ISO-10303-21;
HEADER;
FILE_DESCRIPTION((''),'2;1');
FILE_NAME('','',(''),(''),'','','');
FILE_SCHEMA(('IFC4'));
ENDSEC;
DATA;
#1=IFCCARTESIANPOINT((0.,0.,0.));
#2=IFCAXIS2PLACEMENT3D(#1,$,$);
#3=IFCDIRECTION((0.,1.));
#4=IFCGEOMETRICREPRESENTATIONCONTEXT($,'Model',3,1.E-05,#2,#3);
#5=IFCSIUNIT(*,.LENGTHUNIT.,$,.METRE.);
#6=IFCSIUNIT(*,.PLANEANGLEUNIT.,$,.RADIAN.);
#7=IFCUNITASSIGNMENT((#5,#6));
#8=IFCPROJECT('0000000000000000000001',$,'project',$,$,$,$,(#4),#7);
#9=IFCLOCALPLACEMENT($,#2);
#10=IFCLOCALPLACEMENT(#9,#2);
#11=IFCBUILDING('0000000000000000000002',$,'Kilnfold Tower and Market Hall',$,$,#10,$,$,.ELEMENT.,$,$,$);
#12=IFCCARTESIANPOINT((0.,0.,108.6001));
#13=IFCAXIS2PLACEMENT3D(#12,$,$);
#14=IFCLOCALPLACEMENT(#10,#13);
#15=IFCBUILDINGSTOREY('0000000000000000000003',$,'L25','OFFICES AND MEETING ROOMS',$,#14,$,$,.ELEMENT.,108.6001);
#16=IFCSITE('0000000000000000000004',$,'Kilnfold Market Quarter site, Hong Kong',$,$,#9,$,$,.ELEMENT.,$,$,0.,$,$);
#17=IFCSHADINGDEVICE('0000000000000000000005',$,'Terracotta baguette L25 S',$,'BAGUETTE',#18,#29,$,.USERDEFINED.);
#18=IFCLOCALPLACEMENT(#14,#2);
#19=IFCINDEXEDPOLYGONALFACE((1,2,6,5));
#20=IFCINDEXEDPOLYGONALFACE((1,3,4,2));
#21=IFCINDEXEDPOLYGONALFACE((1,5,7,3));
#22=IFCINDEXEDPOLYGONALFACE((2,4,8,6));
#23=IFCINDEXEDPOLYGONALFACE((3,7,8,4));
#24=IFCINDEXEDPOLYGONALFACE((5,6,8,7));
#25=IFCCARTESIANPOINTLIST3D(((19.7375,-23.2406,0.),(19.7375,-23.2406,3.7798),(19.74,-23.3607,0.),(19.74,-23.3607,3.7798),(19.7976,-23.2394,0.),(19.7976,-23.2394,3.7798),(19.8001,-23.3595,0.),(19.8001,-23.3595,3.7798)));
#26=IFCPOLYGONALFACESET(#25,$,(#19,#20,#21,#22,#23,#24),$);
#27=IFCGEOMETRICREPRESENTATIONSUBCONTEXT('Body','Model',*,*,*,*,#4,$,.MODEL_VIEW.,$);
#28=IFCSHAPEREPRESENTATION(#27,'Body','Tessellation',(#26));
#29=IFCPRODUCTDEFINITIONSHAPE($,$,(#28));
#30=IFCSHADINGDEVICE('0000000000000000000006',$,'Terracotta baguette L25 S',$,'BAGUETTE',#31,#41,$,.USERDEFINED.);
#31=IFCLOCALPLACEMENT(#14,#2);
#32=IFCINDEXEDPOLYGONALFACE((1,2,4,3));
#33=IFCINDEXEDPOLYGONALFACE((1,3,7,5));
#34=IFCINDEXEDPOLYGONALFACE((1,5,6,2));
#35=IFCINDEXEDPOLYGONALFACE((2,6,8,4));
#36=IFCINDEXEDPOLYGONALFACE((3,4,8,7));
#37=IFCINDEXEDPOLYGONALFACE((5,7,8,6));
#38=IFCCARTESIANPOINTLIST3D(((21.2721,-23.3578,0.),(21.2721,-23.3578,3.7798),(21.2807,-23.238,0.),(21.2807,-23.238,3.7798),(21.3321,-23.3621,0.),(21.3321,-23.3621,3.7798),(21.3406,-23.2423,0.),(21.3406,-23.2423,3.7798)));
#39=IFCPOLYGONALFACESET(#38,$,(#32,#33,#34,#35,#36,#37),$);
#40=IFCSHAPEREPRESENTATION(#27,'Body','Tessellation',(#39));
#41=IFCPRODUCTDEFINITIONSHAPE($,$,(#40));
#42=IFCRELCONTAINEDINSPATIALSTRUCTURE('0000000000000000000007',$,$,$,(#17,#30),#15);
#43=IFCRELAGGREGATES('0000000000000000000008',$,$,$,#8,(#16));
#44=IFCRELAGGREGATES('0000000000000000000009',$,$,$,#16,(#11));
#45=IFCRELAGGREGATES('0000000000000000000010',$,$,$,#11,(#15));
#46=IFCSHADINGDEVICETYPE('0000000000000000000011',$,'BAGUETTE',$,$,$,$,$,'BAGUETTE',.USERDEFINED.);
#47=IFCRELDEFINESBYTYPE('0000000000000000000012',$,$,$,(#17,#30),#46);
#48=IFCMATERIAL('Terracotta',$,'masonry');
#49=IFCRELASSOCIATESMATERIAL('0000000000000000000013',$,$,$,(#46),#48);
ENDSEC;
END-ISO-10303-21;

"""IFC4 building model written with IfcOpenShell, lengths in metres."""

from ifc_helpers import new_model, si_unit, direction, frame, origin, origin_2d, place, context, subcontext, project, spatial, rectangle, extrude, source, transform, mapped, material, material_profile, profile_set, type_object, element, save


model = new_model("IFC4")

# Units and contexts
model_context = context("Model", 3, precision=1e-05, world=origin(), true_north=direction((0.0, 1.0)))
body_context = subcontext(model_context, "Body", "Model", "MODEL_VIEW")
ifc_project = project(units=[si_unit("LENGTHUNIT", "METRE"), si_unit("PLANEANGLEUNIT", "RADIAN")], contexts=[model_context])

# Site, building, storey
site_placement = place(None, origin())
site = spatial("IfcSite", under=ifc_project, at=site_placement, Name="Kilnfold Market Quarter site, Hong Kong", CompositionType="ELEMENT", RefElevation=0.0)
building_placement = place(site_placement, origin())
building = spatial("IfcBuilding", under=site, at=building_placement, Name="Kilnfold Tower and Market Hall", CompositionType="ELEMENT")
storey_placement = place(building_placement, frame((0.0, 0.0, 108.6001)))
storey = spatial("IfcBuildingStorey", under=building, at=storey_placement, Name="L25", Description="OFFICES AND MEETING ROOMS", CompositionType="ELEMENT", Elevation=108.6001)

# Shading devices
ifc_material_1 = material(Name="Terracotta", Category="masonry")
ifc_material_profile_1 = material_profile(ifc_material_1, rectangle(XDim=0.0601, YDim=0.1201, at=origin_2d()), Name="BAG 60x120")
ifc_profile_set_1 = profile_set([ifc_material_profile_1], Name="Terracotta")
shading_device_type = type_object("IfcShadingDeviceType", Name="BAGUETTE", ElementType="BAGUETTE", PredefinedType="USERDEFINED", material=ifc_profile_set_1)
shared_shape_1 = source(origin(), body_context, "Body", "SweptSolid", [
    extrude(rectangle(XDim=0.0601, YDim=0.1201, at=origin_2d()), origin(), (0.0, 0.0, 1.0), 3.7798),
])
for number, where, z_axis, x_axis, name in (
    (1, (19.7688, -23.3, 0.0), (0.0, 0.0, 1.0), (0.999778, 0.021051, 0.0), "Terracotta baguette L25 S"),
    (2, (21.3064, -23.3, 0.0), (0.0, 0.0, 1.0), (0.997436, -0.071567, 0.0), "Terracotta baguette L25 S"),
):
    element("IfcShadingDevice", number, at=place(storey_placement, frame(where, z_axis=z_axis, x_axis=x_axis)), inside=storey, type_object=shading_device_type, Name=name, ObjectType="BAGUETTE", PredefinedType="USERDEFINED", context=body_context, shape_type="MappedRepresentation", body=[
        mapped(shared_shape_1, transform((0.0, 0.0, 0.0))),
    ])

save(model, "model.ifc")
